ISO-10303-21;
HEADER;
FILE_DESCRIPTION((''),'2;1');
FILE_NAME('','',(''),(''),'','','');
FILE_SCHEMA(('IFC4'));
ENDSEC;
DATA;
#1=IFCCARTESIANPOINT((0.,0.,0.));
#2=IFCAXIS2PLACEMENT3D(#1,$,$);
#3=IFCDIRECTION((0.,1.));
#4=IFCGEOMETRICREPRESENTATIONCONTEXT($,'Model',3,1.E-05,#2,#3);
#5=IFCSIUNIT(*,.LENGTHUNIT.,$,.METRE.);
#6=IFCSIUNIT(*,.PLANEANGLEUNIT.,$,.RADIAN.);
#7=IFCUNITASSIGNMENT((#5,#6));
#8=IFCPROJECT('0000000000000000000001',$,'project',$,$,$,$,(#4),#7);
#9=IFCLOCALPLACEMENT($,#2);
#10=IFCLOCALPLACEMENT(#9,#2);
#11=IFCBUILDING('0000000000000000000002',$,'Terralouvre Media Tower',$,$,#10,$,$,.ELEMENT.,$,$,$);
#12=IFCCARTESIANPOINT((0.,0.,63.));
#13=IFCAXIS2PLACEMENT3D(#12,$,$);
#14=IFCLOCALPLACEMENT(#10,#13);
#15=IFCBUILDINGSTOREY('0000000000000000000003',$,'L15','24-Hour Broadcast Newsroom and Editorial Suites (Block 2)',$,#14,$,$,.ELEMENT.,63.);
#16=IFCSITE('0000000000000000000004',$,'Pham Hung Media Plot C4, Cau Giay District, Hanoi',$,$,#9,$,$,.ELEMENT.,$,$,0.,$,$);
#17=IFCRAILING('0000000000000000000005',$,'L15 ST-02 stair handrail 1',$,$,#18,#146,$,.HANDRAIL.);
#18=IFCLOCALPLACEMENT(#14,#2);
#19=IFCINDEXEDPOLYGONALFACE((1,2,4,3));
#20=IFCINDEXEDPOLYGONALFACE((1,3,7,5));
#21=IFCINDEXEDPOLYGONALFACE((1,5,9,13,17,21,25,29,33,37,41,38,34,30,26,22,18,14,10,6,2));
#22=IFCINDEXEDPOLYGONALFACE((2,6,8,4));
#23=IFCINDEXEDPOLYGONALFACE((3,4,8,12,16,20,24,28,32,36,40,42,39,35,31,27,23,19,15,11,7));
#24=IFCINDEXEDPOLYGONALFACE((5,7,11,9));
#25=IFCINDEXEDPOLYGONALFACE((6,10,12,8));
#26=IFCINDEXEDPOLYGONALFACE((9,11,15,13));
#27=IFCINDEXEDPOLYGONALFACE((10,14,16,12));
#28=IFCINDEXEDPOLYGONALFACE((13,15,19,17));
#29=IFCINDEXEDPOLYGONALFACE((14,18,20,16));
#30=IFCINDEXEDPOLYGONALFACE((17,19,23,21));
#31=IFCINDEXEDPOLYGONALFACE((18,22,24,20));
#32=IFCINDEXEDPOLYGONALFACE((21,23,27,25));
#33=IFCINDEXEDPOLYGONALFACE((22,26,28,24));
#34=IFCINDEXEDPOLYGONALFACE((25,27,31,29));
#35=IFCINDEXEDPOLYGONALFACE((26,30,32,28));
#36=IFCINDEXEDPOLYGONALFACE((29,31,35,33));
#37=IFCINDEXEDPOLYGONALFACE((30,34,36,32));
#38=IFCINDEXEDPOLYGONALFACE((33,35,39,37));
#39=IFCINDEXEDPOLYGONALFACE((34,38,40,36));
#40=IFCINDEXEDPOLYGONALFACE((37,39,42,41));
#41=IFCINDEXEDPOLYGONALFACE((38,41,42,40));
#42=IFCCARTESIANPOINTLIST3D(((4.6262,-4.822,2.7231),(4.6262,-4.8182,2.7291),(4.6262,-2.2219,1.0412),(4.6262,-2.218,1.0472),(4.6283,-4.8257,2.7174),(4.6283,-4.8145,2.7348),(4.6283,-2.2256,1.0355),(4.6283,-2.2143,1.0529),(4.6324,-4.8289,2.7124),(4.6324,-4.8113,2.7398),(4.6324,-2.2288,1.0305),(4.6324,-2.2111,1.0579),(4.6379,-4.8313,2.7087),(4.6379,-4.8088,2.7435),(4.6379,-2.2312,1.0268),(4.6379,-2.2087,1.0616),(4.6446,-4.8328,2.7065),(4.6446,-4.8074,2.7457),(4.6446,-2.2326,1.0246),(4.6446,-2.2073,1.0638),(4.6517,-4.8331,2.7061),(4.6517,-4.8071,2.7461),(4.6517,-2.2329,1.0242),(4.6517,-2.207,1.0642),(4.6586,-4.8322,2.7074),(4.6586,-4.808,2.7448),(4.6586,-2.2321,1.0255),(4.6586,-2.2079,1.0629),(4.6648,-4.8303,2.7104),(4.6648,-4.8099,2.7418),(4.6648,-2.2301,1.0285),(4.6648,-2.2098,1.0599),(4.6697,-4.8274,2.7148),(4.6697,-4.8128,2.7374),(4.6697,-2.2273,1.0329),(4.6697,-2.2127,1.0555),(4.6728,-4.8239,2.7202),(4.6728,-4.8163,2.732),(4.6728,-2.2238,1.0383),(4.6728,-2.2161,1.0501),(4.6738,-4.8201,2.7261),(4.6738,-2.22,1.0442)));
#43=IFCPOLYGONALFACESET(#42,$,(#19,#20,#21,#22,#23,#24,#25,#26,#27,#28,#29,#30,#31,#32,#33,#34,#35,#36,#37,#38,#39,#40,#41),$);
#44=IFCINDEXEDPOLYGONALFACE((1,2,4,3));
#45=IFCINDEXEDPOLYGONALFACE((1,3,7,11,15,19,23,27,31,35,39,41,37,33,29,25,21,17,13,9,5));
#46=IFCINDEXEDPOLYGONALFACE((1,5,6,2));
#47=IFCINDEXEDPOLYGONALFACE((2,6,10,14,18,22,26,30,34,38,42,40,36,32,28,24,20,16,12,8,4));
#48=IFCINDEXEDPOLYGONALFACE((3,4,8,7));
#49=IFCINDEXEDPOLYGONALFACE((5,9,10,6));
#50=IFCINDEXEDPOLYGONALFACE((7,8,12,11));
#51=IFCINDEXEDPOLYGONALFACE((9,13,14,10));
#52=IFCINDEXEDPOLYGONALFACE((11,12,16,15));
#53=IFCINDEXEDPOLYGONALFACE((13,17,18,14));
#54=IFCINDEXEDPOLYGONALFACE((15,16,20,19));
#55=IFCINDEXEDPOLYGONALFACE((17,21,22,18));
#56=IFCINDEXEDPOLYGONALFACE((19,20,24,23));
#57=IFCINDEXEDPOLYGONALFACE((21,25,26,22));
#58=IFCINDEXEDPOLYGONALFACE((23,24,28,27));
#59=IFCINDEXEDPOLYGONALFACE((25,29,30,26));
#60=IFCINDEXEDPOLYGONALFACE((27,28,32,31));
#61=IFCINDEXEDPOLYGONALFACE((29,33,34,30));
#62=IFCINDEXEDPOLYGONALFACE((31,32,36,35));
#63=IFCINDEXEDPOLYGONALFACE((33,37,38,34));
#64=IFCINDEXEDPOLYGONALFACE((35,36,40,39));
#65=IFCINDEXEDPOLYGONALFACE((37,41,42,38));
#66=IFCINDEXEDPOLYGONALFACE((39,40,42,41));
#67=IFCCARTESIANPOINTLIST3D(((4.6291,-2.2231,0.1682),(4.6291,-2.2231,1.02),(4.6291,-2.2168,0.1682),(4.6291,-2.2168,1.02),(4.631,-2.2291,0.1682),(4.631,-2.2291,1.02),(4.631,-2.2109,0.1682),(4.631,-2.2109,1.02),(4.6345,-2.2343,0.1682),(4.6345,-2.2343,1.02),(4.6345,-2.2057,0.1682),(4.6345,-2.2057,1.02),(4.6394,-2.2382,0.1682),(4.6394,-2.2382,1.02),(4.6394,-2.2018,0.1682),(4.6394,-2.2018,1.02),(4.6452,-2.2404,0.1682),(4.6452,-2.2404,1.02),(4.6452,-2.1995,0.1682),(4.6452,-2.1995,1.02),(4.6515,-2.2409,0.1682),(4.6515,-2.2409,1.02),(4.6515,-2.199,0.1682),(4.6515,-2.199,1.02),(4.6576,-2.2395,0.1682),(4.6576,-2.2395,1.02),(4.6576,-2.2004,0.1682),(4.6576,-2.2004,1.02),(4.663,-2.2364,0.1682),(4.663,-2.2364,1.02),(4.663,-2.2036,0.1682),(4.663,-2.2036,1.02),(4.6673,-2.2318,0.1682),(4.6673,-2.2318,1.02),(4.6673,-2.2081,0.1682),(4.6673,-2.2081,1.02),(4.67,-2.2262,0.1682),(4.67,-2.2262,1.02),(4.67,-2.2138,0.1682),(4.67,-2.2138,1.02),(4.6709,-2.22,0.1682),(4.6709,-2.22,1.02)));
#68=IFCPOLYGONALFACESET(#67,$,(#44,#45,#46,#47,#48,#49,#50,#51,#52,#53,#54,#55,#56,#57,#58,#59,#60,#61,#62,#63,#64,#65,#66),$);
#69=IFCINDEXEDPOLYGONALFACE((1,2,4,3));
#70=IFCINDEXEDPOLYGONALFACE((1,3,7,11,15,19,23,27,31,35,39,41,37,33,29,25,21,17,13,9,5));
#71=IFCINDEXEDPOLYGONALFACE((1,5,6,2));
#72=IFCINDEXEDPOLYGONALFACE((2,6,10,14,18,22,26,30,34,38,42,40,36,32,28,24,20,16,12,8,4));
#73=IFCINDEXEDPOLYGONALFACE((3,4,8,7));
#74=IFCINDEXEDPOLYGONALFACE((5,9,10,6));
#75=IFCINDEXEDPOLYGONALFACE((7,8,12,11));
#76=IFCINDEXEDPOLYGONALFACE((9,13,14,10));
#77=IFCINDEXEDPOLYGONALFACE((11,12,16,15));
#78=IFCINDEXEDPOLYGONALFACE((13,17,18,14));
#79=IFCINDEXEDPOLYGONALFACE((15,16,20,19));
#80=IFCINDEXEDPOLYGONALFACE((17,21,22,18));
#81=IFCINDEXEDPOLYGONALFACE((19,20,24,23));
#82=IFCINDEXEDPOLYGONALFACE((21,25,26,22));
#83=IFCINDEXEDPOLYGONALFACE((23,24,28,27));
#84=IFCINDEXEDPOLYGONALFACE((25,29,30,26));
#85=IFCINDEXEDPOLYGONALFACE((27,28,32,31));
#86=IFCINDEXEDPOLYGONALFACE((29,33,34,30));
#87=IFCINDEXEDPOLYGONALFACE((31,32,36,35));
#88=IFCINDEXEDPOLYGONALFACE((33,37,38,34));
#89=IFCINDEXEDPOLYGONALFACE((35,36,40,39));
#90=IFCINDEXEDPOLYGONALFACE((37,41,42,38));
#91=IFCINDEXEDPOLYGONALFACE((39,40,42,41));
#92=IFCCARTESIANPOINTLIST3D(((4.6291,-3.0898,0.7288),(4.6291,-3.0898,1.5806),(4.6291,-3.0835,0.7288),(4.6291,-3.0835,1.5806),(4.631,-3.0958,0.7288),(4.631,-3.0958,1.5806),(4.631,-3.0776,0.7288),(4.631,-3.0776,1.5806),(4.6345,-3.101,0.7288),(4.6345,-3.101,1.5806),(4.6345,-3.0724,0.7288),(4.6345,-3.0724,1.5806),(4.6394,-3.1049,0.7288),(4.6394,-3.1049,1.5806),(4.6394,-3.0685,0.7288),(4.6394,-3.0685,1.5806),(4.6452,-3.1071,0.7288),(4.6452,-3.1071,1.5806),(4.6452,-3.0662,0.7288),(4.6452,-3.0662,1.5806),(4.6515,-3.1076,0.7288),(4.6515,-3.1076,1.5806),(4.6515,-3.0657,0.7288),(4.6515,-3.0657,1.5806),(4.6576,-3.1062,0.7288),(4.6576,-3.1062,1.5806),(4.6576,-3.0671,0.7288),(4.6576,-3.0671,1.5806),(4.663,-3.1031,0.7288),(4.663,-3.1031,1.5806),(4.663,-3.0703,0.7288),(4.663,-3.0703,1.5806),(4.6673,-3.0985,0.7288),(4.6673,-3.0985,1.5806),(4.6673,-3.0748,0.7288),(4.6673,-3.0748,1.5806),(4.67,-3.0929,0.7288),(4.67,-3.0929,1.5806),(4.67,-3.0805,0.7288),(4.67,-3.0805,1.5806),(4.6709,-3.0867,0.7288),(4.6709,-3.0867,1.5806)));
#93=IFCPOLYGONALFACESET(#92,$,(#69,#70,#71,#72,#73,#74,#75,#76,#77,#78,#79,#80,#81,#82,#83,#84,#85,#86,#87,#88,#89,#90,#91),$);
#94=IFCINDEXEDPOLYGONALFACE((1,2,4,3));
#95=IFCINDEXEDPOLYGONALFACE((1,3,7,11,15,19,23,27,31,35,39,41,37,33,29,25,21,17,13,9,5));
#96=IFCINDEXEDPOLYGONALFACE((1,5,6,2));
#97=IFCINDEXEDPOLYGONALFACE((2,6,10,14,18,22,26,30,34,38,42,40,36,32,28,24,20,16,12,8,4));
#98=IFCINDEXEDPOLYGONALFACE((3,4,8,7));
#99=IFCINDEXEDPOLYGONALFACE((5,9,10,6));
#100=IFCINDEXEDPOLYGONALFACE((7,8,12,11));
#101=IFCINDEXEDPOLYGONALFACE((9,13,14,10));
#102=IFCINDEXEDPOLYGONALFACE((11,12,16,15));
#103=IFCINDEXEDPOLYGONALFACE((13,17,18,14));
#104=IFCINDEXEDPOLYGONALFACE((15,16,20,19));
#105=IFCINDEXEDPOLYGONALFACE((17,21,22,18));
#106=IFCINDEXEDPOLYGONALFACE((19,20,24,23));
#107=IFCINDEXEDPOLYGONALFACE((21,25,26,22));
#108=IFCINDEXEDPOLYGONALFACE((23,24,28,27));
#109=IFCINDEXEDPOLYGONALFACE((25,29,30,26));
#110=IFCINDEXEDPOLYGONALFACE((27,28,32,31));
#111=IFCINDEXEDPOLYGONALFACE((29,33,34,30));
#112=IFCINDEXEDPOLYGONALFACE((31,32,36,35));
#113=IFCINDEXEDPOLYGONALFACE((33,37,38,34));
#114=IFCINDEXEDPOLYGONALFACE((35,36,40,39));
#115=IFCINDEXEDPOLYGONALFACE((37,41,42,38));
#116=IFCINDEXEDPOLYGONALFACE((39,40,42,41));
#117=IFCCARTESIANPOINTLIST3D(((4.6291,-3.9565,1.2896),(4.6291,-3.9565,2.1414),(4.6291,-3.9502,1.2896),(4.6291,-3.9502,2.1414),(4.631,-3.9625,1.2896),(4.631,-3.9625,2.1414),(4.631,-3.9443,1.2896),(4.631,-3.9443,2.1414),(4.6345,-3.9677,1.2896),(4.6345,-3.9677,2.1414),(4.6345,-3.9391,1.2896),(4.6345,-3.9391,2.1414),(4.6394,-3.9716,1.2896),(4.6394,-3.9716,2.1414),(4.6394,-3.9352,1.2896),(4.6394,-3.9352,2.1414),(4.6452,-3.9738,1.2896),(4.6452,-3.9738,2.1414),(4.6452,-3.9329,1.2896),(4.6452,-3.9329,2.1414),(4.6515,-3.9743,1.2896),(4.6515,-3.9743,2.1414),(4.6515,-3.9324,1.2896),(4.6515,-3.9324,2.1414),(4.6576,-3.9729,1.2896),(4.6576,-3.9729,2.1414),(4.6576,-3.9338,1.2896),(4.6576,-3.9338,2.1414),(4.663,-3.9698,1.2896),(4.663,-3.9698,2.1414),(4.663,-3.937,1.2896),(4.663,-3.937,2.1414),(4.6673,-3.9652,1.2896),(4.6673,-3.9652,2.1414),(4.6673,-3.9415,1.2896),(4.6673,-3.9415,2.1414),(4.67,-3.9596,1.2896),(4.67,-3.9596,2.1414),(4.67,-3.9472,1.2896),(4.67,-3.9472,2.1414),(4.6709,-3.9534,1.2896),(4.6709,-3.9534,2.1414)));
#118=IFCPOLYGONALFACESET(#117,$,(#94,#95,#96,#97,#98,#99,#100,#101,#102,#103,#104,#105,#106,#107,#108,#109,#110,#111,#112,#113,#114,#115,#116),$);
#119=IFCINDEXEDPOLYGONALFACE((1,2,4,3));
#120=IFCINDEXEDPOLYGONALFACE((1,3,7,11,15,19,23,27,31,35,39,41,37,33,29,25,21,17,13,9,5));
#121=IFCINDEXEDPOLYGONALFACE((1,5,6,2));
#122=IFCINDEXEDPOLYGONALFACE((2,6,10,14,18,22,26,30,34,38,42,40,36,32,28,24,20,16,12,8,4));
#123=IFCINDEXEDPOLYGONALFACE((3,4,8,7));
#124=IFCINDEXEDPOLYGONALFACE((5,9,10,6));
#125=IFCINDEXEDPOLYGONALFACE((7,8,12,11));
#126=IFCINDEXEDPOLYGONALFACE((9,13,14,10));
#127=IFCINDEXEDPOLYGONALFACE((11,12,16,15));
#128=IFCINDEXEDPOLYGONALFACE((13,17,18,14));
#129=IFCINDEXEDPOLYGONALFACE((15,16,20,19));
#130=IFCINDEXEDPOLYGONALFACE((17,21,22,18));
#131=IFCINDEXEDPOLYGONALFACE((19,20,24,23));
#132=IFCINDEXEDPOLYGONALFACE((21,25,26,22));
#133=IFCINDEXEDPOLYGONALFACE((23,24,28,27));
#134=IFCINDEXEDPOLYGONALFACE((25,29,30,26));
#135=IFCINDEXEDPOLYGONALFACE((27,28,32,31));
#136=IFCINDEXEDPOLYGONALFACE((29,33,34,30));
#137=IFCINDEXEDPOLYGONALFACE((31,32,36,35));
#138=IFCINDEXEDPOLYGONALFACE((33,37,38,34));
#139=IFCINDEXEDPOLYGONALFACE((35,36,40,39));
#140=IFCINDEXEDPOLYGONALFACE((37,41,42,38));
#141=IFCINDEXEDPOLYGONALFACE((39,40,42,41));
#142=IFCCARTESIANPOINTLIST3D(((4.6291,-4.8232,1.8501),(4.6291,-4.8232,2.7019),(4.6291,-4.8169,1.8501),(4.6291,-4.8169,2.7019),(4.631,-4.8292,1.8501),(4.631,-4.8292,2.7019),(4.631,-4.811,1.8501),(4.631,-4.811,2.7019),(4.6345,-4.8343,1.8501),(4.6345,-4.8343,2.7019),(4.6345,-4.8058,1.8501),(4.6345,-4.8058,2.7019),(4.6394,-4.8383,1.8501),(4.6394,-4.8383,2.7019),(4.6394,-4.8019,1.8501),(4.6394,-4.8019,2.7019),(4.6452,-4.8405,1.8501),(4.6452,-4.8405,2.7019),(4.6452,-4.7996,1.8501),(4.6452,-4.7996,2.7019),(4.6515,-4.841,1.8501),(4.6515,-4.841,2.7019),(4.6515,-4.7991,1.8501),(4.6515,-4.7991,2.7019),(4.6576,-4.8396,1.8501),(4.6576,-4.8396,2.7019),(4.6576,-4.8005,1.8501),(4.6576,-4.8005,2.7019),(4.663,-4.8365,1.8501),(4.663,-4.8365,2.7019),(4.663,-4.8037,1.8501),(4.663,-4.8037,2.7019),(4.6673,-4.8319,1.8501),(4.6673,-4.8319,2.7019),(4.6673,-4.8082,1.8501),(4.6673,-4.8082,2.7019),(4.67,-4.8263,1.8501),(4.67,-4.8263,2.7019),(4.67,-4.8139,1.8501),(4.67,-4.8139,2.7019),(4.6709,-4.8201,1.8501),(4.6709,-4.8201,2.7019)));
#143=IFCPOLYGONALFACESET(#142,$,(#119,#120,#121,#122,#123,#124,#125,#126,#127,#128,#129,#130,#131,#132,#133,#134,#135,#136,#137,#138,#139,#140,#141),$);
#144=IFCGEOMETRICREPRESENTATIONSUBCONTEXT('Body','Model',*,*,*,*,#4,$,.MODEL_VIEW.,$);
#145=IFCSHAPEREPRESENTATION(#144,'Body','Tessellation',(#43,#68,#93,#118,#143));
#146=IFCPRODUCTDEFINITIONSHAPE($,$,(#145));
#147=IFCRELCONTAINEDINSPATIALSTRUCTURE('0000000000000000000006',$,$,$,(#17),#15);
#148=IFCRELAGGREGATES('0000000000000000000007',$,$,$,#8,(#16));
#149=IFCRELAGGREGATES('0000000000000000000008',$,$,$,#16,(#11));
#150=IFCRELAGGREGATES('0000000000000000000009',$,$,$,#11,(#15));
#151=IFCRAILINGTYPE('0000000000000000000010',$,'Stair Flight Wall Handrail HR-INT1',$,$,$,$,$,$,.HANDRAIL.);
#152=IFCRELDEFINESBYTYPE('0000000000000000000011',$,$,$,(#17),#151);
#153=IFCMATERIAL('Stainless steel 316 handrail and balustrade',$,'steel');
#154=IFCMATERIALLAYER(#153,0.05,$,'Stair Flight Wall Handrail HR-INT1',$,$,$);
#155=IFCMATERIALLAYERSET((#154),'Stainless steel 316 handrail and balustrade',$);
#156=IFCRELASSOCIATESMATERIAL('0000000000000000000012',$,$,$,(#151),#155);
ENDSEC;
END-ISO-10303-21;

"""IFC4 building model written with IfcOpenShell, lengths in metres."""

from ifc_helpers import new_model, si_unit, direction, frame, origin, origin_2d, place, context, subcontext, project, spatial, circle, extrude, material, layer, layer_set, type_object, element, save


model = new_model("IFC4")

# Units and contexts
model_context = context("Model", 3, precision=1e-05, world=origin(), true_north=direction((0.0, 1.0)))
body_context = subcontext(model_context, "Body", "Model", "MODEL_VIEW")
ifc_project = project(units=[si_unit("LENGTHUNIT", "METRE"), si_unit("PLANEANGLEUNIT", "RADIAN")], contexts=[model_context])

# Site, building, storey
site_placement = place(None, origin())
site = spatial("IfcSite", under=ifc_project, at=site_placement, Name="Pham Hung Media Plot C4, Cau Giay District, Hanoi", CompositionType="ELEMENT", RefElevation=0.0)
building_placement = place(site_placement, origin())
building = spatial("IfcBuilding", under=site, at=building_placement, Name="Terralouvre Media Tower", CompositionType="ELEMENT")
storey_placement = place(building_placement, frame((0.0, 0.0, 63.0)))
storey = spatial("IfcBuildingStorey", under=building, at=storey_placement, Name="L15", Description="24-Hour Broadcast Newsroom and Editorial Suites (Block 2)", CompositionType="ELEMENT", Elevation=63.0)

# Railing
ifc_material_1 = material(Name="Stainless steel 316 handrail and balustrade", Category="steel")
ifc_layer_1 = layer(ifc_material_1, 0.05, Name="Stair Flight Wall Handrail HR-INT1")
ifc_layer_set_1 = layer_set([ifc_layer_1], Name="Stainless steel 316 handrail and balustrade")
railing_type_1 = type_object("IfcRailingType", Name="Stair Flight Wall Handrail HR-INT1", PredefinedType="HANDRAIL", material=ifc_layer_set_1)
railing_1_placement = place(storey_placement, frame((4.6499, -2.22, 0.1682)))
element("IfcRailing", 1, at=railing_1_placement, inside=storey, type_object=railing_type_1, Name="L15 ST-02 stair handrail 1", PredefinedType="HANDRAIL", context=body_context, shape_type="SweptSolid", body=[
    extrude(circle(Radius=0.0239, at=origin_2d()), frame((0.0, 0.0, 0.876), z_axis=(0.0, -0.839648, 0.54313), x_axis=(1.0, 0.0, 0.0)), (0.0, 0.0, 1.0), 3.0967),
    extrude(circle(Radius=0.021, at=origin_2d()), origin(), (0.0, 0.0, 1.0), 0.8518),
    extrude(circle(Radius=0.021, at=origin_2d()), frame((0.0, -0.8667, 0.5605)), (0.0, 0.0, 1.0), 0.8518),
    extrude(circle(Radius=0.021, at=origin_2d()), frame((0.0, -1.7334, 1.1213)), (0.0, 0.0, 1.0), 0.8518),
    extrude(circle(Radius=0.021, at=origin_2d()), frame((0.0, -2.6001, 1.6819)), (0.0, 0.0, 1.0), 0.8518),
])

save(model, "model.ifc")
